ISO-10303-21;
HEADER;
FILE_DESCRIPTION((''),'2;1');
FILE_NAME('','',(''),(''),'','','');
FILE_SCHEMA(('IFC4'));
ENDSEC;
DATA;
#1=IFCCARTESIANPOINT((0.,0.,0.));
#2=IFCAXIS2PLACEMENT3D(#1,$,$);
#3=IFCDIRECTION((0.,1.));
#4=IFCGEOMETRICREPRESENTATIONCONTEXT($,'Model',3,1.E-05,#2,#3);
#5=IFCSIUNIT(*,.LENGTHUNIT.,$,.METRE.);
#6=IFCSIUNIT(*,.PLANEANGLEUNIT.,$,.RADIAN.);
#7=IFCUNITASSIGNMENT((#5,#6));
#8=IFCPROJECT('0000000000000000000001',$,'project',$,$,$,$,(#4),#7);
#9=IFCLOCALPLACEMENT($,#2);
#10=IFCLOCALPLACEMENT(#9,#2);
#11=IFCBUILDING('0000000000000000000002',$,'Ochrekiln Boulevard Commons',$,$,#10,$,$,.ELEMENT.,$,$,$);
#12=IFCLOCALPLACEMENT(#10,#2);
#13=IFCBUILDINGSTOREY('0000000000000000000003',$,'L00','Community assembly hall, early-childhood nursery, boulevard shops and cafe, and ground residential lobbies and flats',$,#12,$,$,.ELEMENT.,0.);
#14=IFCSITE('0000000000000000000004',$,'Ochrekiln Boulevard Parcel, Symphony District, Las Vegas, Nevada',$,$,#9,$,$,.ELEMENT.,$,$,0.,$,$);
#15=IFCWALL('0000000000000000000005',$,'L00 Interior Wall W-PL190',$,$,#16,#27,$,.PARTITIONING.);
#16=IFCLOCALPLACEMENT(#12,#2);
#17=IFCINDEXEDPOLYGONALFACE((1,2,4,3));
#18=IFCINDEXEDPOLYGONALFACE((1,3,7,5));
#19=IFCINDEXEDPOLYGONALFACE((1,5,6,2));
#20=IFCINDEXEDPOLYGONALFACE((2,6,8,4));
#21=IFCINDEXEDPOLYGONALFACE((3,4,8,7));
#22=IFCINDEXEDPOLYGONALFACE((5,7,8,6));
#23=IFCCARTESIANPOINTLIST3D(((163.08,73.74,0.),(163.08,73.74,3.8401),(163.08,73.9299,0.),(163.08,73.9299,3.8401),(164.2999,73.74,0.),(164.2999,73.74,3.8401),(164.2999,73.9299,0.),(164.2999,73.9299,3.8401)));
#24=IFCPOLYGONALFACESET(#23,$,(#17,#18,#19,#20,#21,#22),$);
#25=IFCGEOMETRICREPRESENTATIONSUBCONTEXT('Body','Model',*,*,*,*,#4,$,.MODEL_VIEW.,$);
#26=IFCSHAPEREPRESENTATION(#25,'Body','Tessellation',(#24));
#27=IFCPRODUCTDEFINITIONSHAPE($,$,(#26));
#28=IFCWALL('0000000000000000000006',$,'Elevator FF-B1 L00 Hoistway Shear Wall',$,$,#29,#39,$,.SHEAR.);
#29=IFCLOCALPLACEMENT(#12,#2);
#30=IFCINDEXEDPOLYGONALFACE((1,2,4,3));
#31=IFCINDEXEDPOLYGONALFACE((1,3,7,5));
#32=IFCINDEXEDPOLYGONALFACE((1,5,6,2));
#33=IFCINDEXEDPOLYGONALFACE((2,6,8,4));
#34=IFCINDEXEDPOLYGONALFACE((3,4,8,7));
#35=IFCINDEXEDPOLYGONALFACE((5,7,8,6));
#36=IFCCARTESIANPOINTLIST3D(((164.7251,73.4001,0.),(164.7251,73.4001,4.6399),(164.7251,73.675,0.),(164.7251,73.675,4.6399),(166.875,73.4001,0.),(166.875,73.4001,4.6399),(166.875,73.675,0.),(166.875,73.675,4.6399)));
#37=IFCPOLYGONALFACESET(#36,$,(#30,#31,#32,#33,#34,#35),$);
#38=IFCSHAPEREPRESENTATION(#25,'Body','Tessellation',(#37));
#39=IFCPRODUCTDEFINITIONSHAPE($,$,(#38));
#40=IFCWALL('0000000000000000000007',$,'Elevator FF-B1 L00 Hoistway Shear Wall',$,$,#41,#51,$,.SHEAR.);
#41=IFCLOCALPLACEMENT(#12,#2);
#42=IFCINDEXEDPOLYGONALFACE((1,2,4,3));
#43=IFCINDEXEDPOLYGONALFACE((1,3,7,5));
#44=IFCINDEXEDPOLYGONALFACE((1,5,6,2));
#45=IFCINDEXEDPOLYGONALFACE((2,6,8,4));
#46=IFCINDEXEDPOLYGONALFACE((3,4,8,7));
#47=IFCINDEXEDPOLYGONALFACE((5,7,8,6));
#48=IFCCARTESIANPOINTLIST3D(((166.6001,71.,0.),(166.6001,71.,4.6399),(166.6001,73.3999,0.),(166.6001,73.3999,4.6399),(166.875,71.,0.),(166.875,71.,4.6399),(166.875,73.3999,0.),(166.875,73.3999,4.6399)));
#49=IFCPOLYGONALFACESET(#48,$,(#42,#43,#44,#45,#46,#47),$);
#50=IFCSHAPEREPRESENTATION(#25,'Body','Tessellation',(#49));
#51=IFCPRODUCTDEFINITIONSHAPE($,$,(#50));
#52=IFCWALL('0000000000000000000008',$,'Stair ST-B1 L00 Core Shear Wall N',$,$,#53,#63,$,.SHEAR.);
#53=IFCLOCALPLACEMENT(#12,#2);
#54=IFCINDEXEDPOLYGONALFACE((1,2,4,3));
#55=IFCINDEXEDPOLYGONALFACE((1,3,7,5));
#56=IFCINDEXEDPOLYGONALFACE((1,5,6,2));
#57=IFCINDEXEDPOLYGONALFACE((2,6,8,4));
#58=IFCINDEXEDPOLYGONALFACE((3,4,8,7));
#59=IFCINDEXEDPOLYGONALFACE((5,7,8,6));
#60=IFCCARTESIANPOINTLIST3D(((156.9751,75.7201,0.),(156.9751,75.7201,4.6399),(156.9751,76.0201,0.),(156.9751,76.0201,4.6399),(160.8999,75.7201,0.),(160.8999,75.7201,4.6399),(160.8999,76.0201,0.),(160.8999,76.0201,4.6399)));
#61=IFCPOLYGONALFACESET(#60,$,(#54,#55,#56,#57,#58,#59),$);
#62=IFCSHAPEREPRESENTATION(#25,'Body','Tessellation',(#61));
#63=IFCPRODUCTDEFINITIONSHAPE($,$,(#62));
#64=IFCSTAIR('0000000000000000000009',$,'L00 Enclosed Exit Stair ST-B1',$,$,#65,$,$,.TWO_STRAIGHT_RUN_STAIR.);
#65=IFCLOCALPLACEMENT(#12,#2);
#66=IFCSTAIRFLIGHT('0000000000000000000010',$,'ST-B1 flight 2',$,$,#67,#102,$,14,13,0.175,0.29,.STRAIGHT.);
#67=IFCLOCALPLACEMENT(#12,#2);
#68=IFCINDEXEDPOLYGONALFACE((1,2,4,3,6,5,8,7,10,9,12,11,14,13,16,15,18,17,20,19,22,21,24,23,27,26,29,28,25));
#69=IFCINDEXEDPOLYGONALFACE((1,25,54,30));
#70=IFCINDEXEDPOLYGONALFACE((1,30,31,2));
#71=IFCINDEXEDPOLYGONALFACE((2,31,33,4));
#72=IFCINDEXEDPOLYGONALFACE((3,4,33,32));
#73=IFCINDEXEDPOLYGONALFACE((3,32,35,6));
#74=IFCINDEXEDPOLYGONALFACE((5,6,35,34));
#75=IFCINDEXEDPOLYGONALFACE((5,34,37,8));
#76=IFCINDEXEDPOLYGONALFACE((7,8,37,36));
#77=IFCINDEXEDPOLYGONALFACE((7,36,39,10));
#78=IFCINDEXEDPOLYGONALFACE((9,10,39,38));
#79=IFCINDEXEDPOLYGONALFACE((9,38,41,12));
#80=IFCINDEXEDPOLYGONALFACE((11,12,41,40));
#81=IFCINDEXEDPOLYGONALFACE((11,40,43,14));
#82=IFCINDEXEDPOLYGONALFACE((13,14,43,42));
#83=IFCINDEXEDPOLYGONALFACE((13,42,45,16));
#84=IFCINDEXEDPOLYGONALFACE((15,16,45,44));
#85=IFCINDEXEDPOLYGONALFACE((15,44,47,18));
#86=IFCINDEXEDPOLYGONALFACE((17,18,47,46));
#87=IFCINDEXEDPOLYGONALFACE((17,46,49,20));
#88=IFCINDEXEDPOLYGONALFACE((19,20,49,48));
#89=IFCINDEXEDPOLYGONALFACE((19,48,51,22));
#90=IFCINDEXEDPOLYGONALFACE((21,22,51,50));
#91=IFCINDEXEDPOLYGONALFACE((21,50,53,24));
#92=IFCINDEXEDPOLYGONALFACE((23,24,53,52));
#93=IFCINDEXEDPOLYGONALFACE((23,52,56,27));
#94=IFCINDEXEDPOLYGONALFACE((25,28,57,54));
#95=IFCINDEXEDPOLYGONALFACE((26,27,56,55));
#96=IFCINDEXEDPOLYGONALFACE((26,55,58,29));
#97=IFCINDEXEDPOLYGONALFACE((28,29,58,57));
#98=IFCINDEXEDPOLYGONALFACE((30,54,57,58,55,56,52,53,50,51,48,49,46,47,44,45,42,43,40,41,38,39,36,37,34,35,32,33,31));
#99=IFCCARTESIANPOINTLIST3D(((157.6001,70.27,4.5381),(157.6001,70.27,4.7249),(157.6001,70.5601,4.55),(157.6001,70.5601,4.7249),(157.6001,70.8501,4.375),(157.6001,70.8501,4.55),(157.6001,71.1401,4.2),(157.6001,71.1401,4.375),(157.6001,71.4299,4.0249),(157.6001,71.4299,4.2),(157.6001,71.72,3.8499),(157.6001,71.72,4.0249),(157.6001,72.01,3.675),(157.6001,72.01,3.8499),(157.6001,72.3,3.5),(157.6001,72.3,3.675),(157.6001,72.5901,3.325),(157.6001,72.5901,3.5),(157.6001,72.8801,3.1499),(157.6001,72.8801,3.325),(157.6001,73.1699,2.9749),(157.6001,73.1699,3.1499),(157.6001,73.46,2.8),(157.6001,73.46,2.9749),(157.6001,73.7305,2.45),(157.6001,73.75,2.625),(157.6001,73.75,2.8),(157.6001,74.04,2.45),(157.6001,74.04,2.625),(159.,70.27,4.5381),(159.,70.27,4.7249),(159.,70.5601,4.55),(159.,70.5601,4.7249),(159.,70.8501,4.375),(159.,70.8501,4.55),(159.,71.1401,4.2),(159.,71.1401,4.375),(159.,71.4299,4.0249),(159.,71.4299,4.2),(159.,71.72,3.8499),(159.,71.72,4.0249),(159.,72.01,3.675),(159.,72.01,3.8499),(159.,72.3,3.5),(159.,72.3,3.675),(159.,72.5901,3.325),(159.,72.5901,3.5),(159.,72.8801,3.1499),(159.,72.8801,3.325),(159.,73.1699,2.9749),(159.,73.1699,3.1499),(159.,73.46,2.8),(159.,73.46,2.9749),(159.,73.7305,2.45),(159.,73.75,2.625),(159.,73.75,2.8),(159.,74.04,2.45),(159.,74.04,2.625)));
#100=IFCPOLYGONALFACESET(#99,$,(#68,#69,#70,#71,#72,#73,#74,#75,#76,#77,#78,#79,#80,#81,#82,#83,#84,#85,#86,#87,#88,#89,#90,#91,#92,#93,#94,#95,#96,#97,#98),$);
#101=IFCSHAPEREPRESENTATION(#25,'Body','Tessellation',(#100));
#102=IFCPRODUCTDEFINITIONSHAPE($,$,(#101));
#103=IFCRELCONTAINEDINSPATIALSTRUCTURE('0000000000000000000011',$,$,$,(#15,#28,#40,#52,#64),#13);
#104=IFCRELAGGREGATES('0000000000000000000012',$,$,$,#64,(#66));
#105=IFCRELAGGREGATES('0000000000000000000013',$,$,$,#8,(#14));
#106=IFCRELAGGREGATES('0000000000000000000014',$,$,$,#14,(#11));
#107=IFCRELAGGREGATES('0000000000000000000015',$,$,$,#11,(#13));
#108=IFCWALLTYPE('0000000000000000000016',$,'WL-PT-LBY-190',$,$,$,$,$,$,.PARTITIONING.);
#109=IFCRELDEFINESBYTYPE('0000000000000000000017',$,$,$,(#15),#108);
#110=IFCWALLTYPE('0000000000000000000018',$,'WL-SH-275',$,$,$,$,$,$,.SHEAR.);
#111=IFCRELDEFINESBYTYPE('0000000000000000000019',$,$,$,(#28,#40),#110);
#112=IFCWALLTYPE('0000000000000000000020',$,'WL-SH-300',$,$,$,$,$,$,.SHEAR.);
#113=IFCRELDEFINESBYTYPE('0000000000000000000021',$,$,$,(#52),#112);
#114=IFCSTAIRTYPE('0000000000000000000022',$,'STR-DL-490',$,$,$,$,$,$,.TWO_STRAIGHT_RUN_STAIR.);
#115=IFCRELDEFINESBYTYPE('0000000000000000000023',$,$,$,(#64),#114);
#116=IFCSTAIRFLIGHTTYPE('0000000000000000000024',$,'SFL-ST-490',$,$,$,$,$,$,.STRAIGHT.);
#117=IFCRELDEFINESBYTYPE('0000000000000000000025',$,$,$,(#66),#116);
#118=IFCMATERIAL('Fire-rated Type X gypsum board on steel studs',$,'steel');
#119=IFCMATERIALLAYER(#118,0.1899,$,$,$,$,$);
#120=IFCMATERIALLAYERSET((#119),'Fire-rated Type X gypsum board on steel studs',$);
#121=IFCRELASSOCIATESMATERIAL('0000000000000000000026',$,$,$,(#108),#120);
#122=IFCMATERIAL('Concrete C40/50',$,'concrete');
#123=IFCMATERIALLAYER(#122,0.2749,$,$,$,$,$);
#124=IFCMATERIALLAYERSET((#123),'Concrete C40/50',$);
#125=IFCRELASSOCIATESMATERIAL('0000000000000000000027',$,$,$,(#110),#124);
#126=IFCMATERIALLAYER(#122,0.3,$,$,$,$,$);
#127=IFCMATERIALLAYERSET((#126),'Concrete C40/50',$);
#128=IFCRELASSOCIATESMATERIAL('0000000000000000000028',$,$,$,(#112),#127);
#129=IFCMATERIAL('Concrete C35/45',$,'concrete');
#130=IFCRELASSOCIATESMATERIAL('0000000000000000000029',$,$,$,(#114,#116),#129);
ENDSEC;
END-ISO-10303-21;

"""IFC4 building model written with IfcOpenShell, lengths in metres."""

from ifc_helpers import new_model, si_unit, direction, frame, frame_2d, origin, place, context, subcontext, project, spatial, polyline, rectangle, outline, extrude, material, layer, layer_set, type_object, element, aggregate, save


model = new_model("IFC4")

# Units and contexts
model_context = context("Model", 3, precision=1e-05, world=origin(), true_north=direction((0.0, 1.0)))
body_context = subcontext(model_context, "Body", "Model", "MODEL_VIEW")
ifc_project = project(units=[si_unit("LENGTHUNIT", "METRE"), si_unit("PLANEANGLEUNIT", "RADIAN")], contexts=[model_context])

# Site, building, storey
site_placement = place(None, origin())
site = spatial("IfcSite", under=ifc_project, at=site_placement, Name="Ochrekiln Boulevard Parcel, Symphony District, Las Vegas, Nevada", CompositionType="ELEMENT", RefElevation=0.0)
building_placement = place(site_placement, origin())
building = spatial("IfcBuilding", under=site, at=building_placement, Name="Ochrekiln Boulevard Commons", CompositionType="ELEMENT")
storey_placement = place(building_placement, origin())
storey = spatial("IfcBuildingStorey", under=building, at=storey_placement, Name="L00", Description="Community assembly hall, early-childhood nursery, boulevard shops and cafe, and ground residential lobbies and flats", CompositionType="ELEMENT", Elevation=0.0)

# Shared definitions
ifc_material_1 = material(Name="Concrete C40/50", Category="concrete")

# Shared definitions
ifc_material_2 = material(Name="Concrete C35/45", Category="concrete")

# Shared definitions
ifc_material_3 = material(Name="Fire-rated Type X gypsum board on steel studs", Category="steel")

# Wall
ifc_layer_1 = layer(ifc_material_3, 0.1899)
ifc_layer_set_1 = layer_set([ifc_layer_1], Name="Fire-rated Type X gypsum board on steel studs")
wall_type_1 = type_object("IfcWallType", Name="WL-PT-LBY-190", PredefinedType="PARTITIONING", material=ifc_layer_set_1)
wall_1_placement = place(storey_placement, frame((163.0801, 73.835, 0.0), z_axis=(0.0, 0.0, 1.0), x_axis=(1.0, 0.0, 0.0)))
element("IfcWall", 1, at=wall_1_placement, inside=storey, type_object=wall_type_1, Name="L00 Interior Wall W-PL190", PredefinedType="PARTITIONING", context=body_context, shape_type="SweptSolid", body=[
    extrude(rectangle(XDim=1.22, YDim=0.1899, at=frame_2d((0.6099, 0.0))), origin(), (0.0, 0.0, 1.0), 3.8401),
])

# Walls
ifc_layer_2 = layer(ifc_material_1, 0.2749)
ifc_layer_set_2 = layer_set([ifc_layer_2], Name="Concrete C40/50")
wall_type_2 = type_object("IfcWallType", Name="WL-SH-275", PredefinedType="SHEAR", material=ifc_layer_set_2)
wall_2_placement = place(storey_placement, frame((164.7251, 73.5376, 0.0), z_axis=(0.0, 0.0, 1.0), x_axis=(1.0, 0.0, 0.0)))
element("IfcWall", 2, at=wall_2_placement, inside=storey, type_object=wall_type_2, Name="Elevator FF-B1 L00 Hoistway Shear Wall", PredefinedType="SHEAR", context=body_context, shape_type="SweptSolid", body=[
    extrude(rectangle(XDim=2.1499, YDim=0.2749, at=frame_2d((1.075, 0.0))), origin(), (0.0, 0.0, 1.0), 4.6399),
])
wall_3_placement = place(storey_placement, frame((166.7375, 71.0, 0.0), z_axis=(0.0, 0.0, 1.0), x_axis=(0.0, 1.0, 0.0)))
element("IfcWall", 3, at=wall_3_placement, inside=storey, type_object=wall_type_2, Name="Elevator FF-B1 L00 Hoistway Shear Wall", PredefinedType="SHEAR", context=body_context, shape_type="SweptSolid", body=[
    extrude(rectangle(XDim=2.3999, YDim=0.2749, at=frame_2d((1.2, 0.0))), origin(), (0.0, 0.0, 1.0), 4.6399),
])
ifc_layer_3 = layer(ifc_material_1, 0.3)
ifc_layer_set_3 = layer_set([ifc_layer_3], Name="Concrete C40/50")
wall_type_3 = type_object("IfcWallType", Name="WL-SH-300", PredefinedType="SHEAR", material=ifc_layer_set_3)
wall_4_placement = place(storey_placement, frame((156.9751, 75.8701, 0.0), z_axis=(0.0, 0.0, 1.0), x_axis=(1.0, 0.0, 0.0)))
element("IfcWall", 4, at=wall_4_placement, inside=storey, type_object=wall_type_3, Name="Stair ST-B1 L00 Core Shear Wall N", PredefinedType="SHEAR", context=body_context, shape_type="SweptSolid", body=[
    extrude(rectangle(XDim=3.9248, YDim=0.3, at=frame_2d((1.9624, 0.0))), origin(), (0.0, 0.0, 1.0), 4.6399),
])

# Stair, stair flight
stair_type = type_object("IfcStairType", Name="STR-DL-490", PredefinedType="TWO_STRAIGHT_RUN_STAIR", material=ifc_material_2)
stair_placement = place(storey_placement, origin())
stair = element("IfcStair", 5, at=stair_placement, inside=storey, type_object=stair_type, Name="L00 Enclosed Exit Stair ST-B1", PredefinedType="TWO_STRAIGHT_RUN_STAIR")
stair_flight_type = type_object("IfcStairFlightType", Name="SFL-ST-490", PredefinedType="STRAIGHT", material=ifc_material_2)
stair_flight_placement = place(storey_placement, frame((158.3, 74.04, 2.45), z_axis=(0.0, 0.0, 1.0), x_axis=(0.0, -1.0, 0.0)))
stair_flight = element("IfcStairFlight", 6, at=stair_flight_placement, type_object=stair_flight_type, Name="ST-B1 flight 2", NumberOfRisers=14, NumberOfTreads=13, PredefinedType="STRAIGHT", RiserHeight=0.175, TreadLength=0.29, context=body_context, shape_type="SweptSolid", body=[
    extrude(outline(polyline([(0.0, 0.0), (0.0, 0.175), (0.29, 0.175), (0.29, 0.3501), (0.5801, 0.3501), (0.5801, 0.5249), (0.8701, 0.5249), (0.8701, 0.7), (1.1599, 0.7), (1.1599, 0.875), (1.45, 0.875), (1.45, 1.05), (1.74, 1.05), (1.74, 1.2251), (2.03, 1.2251), (2.03, 1.3999), (2.3201, 1.3999), (2.3201, 1.575), (2.6101, 1.575), (2.6101, 1.75), (2.8999, 1.75), (2.8999, 1.925), (3.1899, 1.925), (3.1899, 2.1001), (3.48, 2.1001), (3.48, 2.2749), (3.77, 2.2749), (3.77, 2.45), (3.77, 2.0881), (0.3096, 0.0), (0.0, 0.0)])), frame((0.0, 0.7, 0.0), z_axis=(0.0, -1.0, 0.0), x_axis=(1.0, 0.0, 0.0)), (0.0, 0.0, 1.0), 1.3999),
])
aggregate(stair, [stair_flight])

save(model, "model.ifc")
